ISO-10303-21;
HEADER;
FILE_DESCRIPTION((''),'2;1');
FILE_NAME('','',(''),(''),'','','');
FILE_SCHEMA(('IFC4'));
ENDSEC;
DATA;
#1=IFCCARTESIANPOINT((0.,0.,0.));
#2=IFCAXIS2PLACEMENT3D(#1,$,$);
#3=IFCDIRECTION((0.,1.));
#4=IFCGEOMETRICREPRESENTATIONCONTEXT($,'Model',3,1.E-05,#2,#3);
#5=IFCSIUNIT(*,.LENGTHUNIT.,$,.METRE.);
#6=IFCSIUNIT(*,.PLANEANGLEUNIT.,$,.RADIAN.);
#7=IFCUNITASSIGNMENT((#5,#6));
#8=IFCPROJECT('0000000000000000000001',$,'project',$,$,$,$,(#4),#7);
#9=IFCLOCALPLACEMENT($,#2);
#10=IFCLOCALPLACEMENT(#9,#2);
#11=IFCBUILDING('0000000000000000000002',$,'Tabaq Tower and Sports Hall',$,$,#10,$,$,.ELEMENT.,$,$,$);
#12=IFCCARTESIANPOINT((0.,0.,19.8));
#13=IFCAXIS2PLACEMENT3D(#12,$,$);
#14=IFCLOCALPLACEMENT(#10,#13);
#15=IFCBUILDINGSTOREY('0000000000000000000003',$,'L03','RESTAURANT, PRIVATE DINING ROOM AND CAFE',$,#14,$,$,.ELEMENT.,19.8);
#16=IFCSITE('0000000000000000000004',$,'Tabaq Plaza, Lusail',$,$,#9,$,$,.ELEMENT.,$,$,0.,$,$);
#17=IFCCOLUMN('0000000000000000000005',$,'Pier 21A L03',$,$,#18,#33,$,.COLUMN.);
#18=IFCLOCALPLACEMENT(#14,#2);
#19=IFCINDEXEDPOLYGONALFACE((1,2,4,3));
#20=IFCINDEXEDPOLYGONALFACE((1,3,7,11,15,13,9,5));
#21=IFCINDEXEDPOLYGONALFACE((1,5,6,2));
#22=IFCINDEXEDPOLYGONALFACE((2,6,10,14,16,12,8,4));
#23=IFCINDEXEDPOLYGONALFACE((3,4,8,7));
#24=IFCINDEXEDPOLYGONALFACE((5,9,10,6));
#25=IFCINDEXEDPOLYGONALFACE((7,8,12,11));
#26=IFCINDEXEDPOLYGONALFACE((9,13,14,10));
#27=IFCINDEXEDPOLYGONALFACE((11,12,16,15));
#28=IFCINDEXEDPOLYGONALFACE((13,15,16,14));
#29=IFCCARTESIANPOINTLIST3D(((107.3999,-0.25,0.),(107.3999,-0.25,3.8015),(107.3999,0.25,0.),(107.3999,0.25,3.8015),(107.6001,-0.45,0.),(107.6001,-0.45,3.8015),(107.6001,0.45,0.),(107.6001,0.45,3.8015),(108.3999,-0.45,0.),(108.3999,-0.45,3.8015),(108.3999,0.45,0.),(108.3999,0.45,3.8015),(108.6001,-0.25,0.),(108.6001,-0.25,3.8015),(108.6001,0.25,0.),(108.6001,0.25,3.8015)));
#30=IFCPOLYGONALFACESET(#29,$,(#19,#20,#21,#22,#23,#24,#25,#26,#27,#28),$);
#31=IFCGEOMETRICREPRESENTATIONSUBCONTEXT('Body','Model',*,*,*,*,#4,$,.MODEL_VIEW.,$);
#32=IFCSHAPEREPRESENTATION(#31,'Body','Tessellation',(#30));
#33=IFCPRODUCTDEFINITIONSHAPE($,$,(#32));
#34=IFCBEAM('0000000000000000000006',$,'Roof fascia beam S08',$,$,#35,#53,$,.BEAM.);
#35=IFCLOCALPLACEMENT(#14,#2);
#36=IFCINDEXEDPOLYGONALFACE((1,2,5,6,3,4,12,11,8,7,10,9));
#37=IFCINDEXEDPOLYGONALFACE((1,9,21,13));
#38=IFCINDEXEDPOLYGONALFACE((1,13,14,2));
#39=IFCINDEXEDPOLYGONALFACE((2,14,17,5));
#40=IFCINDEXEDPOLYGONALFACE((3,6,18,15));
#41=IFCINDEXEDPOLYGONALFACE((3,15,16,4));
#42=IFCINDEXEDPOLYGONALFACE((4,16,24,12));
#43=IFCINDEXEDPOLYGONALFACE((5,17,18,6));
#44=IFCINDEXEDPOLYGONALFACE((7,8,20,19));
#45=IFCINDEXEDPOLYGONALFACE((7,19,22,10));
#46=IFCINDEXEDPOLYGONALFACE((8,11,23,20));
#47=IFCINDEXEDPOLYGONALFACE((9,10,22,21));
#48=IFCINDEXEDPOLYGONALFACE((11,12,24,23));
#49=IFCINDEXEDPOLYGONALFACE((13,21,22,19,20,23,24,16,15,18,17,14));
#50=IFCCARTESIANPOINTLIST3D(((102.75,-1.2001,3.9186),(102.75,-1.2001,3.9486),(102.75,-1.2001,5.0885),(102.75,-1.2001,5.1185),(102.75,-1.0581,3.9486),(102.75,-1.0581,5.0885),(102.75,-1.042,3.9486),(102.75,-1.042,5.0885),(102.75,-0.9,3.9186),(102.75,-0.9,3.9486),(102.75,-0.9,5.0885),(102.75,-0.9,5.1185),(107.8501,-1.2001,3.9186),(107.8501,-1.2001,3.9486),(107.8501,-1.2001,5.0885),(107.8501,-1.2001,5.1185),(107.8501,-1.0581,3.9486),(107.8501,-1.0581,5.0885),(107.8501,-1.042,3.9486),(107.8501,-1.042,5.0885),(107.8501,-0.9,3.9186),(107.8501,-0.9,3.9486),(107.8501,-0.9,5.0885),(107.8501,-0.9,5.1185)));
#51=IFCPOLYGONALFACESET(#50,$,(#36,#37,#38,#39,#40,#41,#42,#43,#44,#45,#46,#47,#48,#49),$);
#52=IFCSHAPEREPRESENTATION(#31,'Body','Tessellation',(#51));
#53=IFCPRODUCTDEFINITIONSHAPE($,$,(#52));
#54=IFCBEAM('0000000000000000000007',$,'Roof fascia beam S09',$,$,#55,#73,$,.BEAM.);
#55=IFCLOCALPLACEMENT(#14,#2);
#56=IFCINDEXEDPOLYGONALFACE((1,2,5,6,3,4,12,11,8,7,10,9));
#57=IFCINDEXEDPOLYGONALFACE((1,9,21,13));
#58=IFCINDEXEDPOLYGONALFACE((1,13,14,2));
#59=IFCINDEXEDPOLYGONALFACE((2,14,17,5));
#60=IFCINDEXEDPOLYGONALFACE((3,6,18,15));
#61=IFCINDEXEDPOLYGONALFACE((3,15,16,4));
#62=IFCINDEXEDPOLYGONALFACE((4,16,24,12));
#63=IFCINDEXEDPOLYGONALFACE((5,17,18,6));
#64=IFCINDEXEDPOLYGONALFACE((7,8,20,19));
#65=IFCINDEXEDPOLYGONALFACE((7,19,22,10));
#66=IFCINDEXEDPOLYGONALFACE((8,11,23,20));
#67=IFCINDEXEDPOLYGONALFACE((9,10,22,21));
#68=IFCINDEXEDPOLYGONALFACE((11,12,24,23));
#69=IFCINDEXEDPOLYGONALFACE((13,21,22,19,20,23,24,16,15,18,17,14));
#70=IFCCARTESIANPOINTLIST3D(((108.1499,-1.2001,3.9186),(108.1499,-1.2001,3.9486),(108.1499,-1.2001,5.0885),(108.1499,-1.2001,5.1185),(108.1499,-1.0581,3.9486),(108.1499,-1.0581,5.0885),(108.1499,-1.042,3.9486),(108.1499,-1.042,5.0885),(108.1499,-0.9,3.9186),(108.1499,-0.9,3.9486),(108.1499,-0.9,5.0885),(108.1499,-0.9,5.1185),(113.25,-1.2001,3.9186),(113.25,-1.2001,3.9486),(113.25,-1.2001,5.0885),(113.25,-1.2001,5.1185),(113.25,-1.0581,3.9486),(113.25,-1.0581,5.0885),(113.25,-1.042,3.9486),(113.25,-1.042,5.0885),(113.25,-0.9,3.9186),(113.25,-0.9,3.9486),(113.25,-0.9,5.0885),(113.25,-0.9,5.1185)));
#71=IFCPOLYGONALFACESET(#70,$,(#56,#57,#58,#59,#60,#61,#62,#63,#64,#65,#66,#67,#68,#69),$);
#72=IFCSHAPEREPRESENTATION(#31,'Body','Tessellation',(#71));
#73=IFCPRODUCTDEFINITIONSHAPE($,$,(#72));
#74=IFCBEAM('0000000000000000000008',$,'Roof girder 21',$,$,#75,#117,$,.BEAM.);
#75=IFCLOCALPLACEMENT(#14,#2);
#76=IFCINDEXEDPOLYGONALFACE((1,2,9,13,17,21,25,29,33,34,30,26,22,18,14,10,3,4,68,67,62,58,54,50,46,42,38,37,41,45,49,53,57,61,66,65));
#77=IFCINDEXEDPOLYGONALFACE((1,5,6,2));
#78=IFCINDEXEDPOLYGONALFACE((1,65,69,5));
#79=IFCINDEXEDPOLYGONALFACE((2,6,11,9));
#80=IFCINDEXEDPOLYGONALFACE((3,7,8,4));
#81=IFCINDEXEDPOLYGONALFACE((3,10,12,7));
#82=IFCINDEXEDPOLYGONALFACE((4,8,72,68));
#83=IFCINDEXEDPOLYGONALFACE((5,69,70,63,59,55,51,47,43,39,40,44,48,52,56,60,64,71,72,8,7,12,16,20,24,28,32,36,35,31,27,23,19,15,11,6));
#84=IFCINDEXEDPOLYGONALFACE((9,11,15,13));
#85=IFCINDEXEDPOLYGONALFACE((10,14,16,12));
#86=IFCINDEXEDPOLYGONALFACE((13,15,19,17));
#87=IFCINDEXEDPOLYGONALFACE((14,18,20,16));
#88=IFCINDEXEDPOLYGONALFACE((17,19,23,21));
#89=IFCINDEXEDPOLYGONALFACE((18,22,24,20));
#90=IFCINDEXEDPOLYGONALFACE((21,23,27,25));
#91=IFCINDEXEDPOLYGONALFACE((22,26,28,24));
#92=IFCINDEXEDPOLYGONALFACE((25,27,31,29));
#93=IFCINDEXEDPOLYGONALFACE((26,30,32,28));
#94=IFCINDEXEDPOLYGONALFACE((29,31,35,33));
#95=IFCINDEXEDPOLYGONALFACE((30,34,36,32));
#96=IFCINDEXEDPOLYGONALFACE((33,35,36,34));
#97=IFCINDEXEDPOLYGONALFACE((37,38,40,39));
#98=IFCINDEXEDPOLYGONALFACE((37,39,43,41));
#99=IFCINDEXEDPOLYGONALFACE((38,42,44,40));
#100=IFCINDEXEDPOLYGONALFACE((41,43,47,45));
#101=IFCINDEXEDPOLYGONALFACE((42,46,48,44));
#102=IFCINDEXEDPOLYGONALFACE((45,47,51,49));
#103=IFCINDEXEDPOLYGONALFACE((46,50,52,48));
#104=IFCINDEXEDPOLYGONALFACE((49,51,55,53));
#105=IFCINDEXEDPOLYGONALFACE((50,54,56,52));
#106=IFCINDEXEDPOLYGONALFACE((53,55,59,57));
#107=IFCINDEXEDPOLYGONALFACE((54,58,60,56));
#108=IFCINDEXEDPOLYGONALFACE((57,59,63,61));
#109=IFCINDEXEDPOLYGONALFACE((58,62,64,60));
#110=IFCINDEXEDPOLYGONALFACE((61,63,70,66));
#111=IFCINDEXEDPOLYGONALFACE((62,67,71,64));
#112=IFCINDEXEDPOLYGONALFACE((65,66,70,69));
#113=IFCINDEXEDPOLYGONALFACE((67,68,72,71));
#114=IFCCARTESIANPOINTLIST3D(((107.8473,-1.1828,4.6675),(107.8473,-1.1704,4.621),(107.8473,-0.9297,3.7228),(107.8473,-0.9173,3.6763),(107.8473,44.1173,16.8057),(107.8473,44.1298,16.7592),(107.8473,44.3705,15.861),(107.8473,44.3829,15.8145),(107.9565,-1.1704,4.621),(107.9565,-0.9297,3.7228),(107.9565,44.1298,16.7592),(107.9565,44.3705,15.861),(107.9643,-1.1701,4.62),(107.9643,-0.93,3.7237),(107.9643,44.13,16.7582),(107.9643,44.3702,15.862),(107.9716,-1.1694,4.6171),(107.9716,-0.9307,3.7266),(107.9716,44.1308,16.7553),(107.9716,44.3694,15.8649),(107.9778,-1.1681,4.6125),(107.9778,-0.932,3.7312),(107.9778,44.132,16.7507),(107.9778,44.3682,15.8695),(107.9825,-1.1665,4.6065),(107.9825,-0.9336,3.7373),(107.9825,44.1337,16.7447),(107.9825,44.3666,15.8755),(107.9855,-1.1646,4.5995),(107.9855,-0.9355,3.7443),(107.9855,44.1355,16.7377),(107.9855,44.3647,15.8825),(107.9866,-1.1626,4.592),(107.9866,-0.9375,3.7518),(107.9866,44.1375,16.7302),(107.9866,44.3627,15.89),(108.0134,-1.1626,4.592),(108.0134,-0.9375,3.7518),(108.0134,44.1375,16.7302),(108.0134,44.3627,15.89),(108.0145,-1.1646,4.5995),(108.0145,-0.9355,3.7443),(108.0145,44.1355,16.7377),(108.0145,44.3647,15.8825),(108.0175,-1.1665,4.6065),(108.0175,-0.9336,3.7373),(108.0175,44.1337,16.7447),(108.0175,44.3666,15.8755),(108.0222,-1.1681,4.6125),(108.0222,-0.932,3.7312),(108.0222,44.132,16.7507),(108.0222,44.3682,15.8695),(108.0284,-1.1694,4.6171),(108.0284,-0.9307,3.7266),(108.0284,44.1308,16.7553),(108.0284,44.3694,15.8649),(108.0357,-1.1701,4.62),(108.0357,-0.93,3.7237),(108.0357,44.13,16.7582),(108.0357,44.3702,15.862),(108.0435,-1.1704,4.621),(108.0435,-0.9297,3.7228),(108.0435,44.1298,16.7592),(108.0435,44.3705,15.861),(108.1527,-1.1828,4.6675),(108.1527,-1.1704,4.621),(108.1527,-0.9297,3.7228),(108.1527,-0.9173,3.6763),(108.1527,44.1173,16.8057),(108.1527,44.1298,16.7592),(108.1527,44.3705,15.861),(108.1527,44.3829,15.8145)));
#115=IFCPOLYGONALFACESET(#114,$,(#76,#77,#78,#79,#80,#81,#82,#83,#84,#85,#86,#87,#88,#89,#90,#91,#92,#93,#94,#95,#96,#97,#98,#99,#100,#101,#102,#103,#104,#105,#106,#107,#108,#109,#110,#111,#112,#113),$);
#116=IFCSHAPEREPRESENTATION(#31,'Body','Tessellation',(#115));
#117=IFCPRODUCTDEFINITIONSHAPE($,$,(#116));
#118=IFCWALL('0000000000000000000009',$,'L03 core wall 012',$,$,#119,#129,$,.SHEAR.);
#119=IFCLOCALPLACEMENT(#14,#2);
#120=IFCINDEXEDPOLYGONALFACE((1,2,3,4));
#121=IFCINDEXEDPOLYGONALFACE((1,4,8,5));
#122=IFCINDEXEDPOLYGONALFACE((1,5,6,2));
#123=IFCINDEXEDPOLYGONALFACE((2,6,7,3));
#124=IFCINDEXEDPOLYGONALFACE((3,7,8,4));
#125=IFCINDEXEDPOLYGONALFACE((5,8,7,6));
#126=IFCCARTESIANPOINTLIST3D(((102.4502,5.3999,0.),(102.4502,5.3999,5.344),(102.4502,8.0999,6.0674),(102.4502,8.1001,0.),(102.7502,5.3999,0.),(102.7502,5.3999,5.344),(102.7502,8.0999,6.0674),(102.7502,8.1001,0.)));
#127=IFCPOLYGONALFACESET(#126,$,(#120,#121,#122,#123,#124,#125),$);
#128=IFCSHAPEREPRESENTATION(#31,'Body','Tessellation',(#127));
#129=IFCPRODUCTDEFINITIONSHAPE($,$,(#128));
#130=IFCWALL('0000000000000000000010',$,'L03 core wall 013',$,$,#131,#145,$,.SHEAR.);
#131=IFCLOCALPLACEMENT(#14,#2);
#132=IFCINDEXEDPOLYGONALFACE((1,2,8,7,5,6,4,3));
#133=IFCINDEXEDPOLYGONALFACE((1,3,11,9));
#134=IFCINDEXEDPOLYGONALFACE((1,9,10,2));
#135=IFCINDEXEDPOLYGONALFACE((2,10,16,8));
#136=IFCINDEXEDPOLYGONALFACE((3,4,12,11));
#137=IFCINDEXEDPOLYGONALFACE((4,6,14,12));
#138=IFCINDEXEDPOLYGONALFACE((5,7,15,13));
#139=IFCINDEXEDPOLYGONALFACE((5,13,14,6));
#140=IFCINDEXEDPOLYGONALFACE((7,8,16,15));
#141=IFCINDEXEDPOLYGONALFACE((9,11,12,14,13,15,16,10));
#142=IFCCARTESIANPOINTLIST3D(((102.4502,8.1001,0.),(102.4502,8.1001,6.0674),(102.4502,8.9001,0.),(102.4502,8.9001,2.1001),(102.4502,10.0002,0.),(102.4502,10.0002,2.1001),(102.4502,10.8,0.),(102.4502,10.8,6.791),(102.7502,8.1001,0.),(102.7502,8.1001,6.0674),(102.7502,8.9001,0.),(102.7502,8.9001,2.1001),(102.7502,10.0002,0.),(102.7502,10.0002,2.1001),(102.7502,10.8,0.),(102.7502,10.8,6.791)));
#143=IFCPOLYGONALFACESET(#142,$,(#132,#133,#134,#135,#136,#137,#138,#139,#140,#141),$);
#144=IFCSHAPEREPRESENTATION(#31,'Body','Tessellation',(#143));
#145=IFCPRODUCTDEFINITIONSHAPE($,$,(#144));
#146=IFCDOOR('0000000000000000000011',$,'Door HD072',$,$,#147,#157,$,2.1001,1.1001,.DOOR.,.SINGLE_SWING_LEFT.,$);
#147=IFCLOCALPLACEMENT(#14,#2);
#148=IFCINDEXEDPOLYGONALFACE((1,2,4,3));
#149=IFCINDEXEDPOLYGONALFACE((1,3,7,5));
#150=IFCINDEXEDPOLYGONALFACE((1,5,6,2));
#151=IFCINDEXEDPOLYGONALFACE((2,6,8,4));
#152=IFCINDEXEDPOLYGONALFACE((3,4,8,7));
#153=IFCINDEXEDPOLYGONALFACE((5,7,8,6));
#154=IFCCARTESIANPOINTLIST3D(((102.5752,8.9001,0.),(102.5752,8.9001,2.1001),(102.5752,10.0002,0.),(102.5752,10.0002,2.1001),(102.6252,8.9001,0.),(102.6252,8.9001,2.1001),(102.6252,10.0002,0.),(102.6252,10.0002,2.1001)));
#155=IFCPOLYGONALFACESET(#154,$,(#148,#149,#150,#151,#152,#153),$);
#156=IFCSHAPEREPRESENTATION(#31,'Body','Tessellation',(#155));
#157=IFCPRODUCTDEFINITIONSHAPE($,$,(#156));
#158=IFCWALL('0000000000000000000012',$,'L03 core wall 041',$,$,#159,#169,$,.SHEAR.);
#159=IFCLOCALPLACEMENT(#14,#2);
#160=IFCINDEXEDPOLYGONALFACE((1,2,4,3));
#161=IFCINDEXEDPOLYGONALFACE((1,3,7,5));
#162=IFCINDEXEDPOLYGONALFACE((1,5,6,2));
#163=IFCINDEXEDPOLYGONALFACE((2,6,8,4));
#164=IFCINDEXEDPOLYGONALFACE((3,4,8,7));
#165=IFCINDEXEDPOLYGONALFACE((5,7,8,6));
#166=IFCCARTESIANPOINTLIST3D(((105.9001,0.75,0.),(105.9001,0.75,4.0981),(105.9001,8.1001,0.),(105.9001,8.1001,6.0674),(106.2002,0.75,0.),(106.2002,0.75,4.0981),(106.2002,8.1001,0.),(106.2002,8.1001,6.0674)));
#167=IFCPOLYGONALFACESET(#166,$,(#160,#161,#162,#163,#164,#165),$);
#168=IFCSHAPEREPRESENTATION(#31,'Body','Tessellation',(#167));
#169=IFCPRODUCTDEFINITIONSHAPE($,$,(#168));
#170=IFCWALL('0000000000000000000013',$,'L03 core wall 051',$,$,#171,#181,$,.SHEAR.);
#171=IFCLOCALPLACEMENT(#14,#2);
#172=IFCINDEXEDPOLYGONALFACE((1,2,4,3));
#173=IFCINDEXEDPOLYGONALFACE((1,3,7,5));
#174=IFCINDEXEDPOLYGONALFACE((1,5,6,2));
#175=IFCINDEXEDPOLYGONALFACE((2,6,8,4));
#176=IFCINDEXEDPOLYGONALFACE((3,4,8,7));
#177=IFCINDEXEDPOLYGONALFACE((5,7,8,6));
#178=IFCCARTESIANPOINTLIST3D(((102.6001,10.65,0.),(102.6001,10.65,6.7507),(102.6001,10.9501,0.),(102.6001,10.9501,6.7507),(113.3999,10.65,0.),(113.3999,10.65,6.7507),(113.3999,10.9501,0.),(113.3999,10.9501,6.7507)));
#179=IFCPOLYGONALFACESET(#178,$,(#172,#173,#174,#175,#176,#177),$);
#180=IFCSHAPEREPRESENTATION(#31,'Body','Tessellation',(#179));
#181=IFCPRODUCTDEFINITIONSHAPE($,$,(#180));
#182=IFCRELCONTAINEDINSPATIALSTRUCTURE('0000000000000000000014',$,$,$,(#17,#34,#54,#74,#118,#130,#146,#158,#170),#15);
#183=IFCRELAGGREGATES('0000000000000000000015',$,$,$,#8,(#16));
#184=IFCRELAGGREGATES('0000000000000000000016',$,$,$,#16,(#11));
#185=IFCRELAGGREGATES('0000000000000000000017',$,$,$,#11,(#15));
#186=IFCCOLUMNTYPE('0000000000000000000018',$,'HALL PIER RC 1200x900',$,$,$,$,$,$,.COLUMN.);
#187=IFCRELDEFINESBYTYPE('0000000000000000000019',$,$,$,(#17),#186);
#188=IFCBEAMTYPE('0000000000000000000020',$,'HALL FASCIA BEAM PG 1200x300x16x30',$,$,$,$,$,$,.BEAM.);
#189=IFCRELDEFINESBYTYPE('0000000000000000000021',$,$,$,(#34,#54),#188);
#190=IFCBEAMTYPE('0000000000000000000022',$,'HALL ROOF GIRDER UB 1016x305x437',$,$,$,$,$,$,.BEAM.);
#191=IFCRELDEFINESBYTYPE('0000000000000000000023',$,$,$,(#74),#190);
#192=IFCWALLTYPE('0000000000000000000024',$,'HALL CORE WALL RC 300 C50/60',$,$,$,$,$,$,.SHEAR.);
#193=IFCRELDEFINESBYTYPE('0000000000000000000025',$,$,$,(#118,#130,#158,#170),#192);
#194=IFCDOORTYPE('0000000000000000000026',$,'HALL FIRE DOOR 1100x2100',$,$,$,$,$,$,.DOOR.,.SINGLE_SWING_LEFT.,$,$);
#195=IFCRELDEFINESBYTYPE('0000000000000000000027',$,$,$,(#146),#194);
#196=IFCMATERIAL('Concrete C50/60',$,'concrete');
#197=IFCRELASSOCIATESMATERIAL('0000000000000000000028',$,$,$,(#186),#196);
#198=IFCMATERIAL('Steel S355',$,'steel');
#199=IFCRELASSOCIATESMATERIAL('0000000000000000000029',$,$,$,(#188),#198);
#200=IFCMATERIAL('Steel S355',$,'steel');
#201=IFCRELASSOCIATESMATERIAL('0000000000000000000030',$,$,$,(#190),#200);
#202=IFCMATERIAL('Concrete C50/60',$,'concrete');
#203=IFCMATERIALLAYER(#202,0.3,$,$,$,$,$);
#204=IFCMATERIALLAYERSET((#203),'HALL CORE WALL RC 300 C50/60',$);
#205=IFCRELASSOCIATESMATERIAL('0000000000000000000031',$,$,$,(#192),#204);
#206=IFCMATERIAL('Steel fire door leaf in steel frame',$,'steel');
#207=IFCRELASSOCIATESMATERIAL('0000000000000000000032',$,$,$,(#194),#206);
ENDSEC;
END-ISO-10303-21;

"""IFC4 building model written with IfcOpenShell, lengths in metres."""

from ifc_helpers import new_model, si_unit, direction, frame, frame_2d, origin, origin_2d, place, context, subcontext, project, spatial, polyline, rectangle, i_section, outline, extrude, material, layer, layer_set, material_profile, profile_set, type_object, element, fill, save


model = new_model("IFC4")

# Units and contexts
model_context = context("Model", 3, precision=1e-05, world=origin(), true_north=direction((0.0, 1.0)))
body_context = subcontext(model_context, "Body", "Model", "MODEL_VIEW")
ifc_project = project(units=[si_unit("LENGTHUNIT", "METRE"), si_unit("PLANEANGLEUNIT", "RADIAN")], contexts=[model_context])

# Site, building, storey
site_placement = place(None, origin())
site = spatial("IfcSite", under=ifc_project, at=site_placement, Name="Tabaq Plaza, Lusail", CompositionType="ELEMENT", RefElevation=0.0)
building_placement = place(site_placement, origin())
building = spatial("IfcBuilding", under=site, at=building_placement, Name="Tabaq Tower and Sports Hall", CompositionType="ELEMENT")
storey_placement = place(building_placement, frame((0.0, 0.0, 19.8)))
storey = spatial("IfcBuildingStorey", under=building, at=storey_placement, Name="L03", Description="RESTAURANT, PRIVATE DINING ROOM AND CAFE", CompositionType="ELEMENT", Elevation=19.8)

# Column
ifc_material_1 = material(Name="Concrete C50/60", Category="concrete")
ifc_material_profile_1 = material_profile(ifc_material_1, outline(polyline([(-0.3999, -0.45), (0.3999, -0.45), (0.6001, -0.25), (0.6001, 0.25), (0.3999, 0.45), (-0.3999, 0.45), (-0.6001, 0.25), (-0.6001, -0.25), (-0.3999, -0.45)])), Name="PIER 1200x900")
ifc_profile_set_1 = profile_set([ifc_material_profile_1], Name="Concrete C50/60")
column_type = type_object("IfcColumnType", Name="HALL PIER RC 1200x900", PredefinedType="COLUMN", material=ifc_profile_set_1)
column_placement = place(storey_placement, frame((108.0, 0.0, 0.0), z_axis=(0.0, 0.0, 1.0), x_axis=(1.0, 0.0, 0.0)))
element("IfcColumn", 1, at=column_placement, inside=storey, type_object=column_type, Name="Pier 21A L03", PredefinedType="COLUMN", context=body_context, shape_type="SweptSolid", body=[
    extrude(outline(polyline([(-0.3999, -0.45), (0.3999, -0.45), (0.6001, -0.25), (0.6001, 0.25), (0.3999, 0.45), (-0.3999, 0.45), (-0.6001, 0.25), (-0.6001, -0.25), (-0.3999, -0.45)])), origin(), (0.0, 0.0, 1.0), 3.8015),
])

# Beams
ifc_material_2 = material(Name="Steel S355", Category="steel")
ifc_material_profile_2 = material_profile(ifc_material_2, i_section(OverallWidth=0.3, OverallDepth=1.2, WebThickness=0.0161, FlangeThickness=0.03, at=origin_2d()), Name="PG 1200x300x16x30")
ifc_profile_set_2 = profile_set([ifc_material_profile_2], Name="Steel S355")
beam_type_1 = type_object("IfcBeamType", Name="HALL FASCIA BEAM PG 1200x300x16x30", PredefinedType="BEAM", material=ifc_profile_set_2)
for number, where, z_axis, x_axis, name in (
    (2, (102.75, -1.05, 4.5186), (1.0, 0.0, 0.0), (0.0, 1.0, 0.0), "Roof fascia beam S08"),
    (3, (108.1499, -1.05, 4.5186), (1.0, 0.0, 0.0), (0.0, 1.0, 0.0), "Roof fascia beam S09"),
):
    element("IfcBeam", number, at=place(storey_placement, frame(where, z_axis=z_axis, x_axis=x_axis)), inside=storey, type_object=beam_type_1, Name=name, PredefinedType="BEAM", context=body_context, shape_type="SweptSolid", body=[
        extrude(i_section(OverallWidth=0.3, OverallDepth=1.2, WebThickness=0.0161, FlangeThickness=0.03, at=origin_2d()), origin(), (0.0, 0.0, 1.0), 5.1001),
    ])
ifc_material_3 = material(Name="Steel S355", Category="steel")
ifc_material_profile_3 = material_profile(ifc_material_3, i_section(OverallWidth=0.3054, OverallDepth=1.0261, WebThickness=0.0269, FlangeThickness=0.0481, FilletRadius=0.03, at=origin_2d()), Name="UB 1016x305x437")
ifc_profile_set_3 = profile_set([ifc_material_profile_3], Name="Steel S355")
beam_type_2 = type_object("IfcBeamType", Name="HALL ROOF GIRDER UB 1016x305x437", PredefinedType="BEAM", material=ifc_profile_set_3)
beam_placement = place(storey_placement, frame((108.0, -1.05, 4.1719), z_axis=(0.0, 0.965925, 0.25882), x_axis=(-1.0, 0.0, 0.0)))
element("IfcBeam", 4, at=beam_placement, inside=storey, type_object=beam_type_2, Name="Roof girder 21", PredefinedType="BEAM", context=body_context, shape_type="SweptSolid", body=[
    extrude(i_section(OverallWidth=0.3054, OverallDepth=1.0261, WebThickness=0.0269, FlangeThickness=0.0481, FilletRadius=0.03, at=origin_2d()), origin(), (0.0, 0.0, 1.0), 46.8982),
])

# Wall
ifc_material_4 = material(Name="Concrete C50/60", Category="concrete")
ifc_layer_1 = layer(ifc_material_4, 0.3)
ifc_layer_set_1 = layer_set([ifc_layer_1], Name="HALL CORE WALL RC 300 C50/60")
wall_type_1 = type_object("IfcWallType", Name="HALL CORE WALL RC 300 C50/60", PredefinedType="SHEAR", material=ifc_layer_set_1)
wall_1_placement = place(storey_placement, frame((102.6001, 5.3999, 0.0), z_axis=(0.0, 0.0, 1.0), x_axis=(0.0, 1.0, 0.0)))
element("IfcWall", 5, at=wall_1_placement, inside=storey, type_object=wall_type_1, Name="L03 core wall 012", PredefinedType="SHEAR", context=body_context, shape_type="SweptSolid", body=[
    extrude(outline(polyline([(0.0, 0.0), (2.7002, 0.0), (2.7, 6.0674), (0.0, 5.344), (0.0, 0.0)])), frame((0.0, 0.1499, 0.0), z_axis=(0.0, -1.0, 0.0), x_axis=(1.0, 0.0, 0.0)), (0.0, 0.0, 1.0), 0.3),
])

# Wall, opening, door
wall_2_placement = place(storey_placement, frame((102.6001, 8.1001, 0.0), z_axis=(0.0, 0.0, 1.0), x_axis=(0.0, 1.0, 0.0)))
wall_2 = element("IfcWall", 6, at=wall_2_placement, inside=storey, type_object=wall_type_1, Name="L03 core wall 013", PredefinedType="SHEAR", context=body_context, shape_type="SweptSolid", body=[
    extrude(outline(polyline([(0.0, 0.0), (2.7, 0.0), (2.7, 6.791), (0.0, 6.0674), (0.0, 0.0)])), frame((0.0, 0.1499, 0.0), z_axis=(0.0, -1.0, 0.0), x_axis=(1.0, 0.0, 0.0)), (0.0, 0.0, 1.0), 0.3),
])
opening_1_placement = place(wall_2_placement, frame((0.8, 0.0, 0.0)))
opening_1 = element("IfcOpeningElement", 7, at=opening_1_placement, cuts=wall_2, PredefinedType="OPENING", context=body_context, shape_type="SweptSolid", body=[
    extrude(rectangle(XDim=1.1001, YDim=2.1001, at=frame_2d((0.55, 1.05))), frame((0.0, 0.1499, 0.0), z_axis=(0.0, -1.0, 0.0), x_axis=(1.0, 0.0, 0.0)), (0.0, 0.0, 1.0), 0.3),
])
ifc_material_5 = material(Name="Steel fire door leaf in steel frame", Category="steel")
door_type = type_object("IfcDoorType", Name="HALL FIRE DOOR 1100x2100", OperationType="SINGLE_SWING_LEFT", PredefinedType="DOOR", material=ifc_material_5)
door_1_placement = place(opening_1_placement, origin())
door_1 = element("IfcDoor", 8, at=door_1_placement, inside=storey, type_object=door_type, Name="Door HD072", OperationType="SINGLE_SWING_LEFT", OverallHeight=2.1001, OverallWidth=1.1001, PredefinedType="DOOR", context=body_context, shape_type="SweptSolid", body=[
    extrude(rectangle(XDim=1.1001, YDim=2.1001, at=frame_2d((0.55, 1.05))), frame((0.0, 0.0249, 0.0), z_axis=(0.0, -1.0, 0.0), x_axis=(1.0, 0.0, 0.0)), (0.0, 0.0, 1.0), 0.05),
])
fill(opening_1, door_1)

# Wall
wall_3_placement = place(storey_placement, frame((106.05, 0.75, 0.0), z_axis=(0.0, 0.0, 1.0), x_axis=(0.0, 1.0, 0.0)))
element("IfcWall", 9, at=wall_3_placement, inside=storey, type_object=wall_type_1, Name="L03 core wall 041", PredefinedType="SHEAR", context=body_context, shape_type="SweptSolid", body=[
    extrude(outline(polyline([(0.0, 0.0), (7.3501, 0.0), (7.3501, 6.0674), (0.0, 4.0981), (0.0, 0.0)])), frame((0.0, 0.1499, 0.0), z_axis=(0.0, -1.0, 0.0), x_axis=(1.0, 0.0, 0.0)), (0.0, 0.0, 1.0), 0.3),
])

# Wall
wall_4_placement = place(storey_placement, frame((102.6001, 10.8, 0.0), z_axis=(0.0, 0.0, 1.0), x_axis=(1.0, 0.0, 0.0)))
element("IfcWall", 10, at=wall_4_placement, inside=storey, type_object=wall_type_1, Name="L03 core wall 051", PredefinedType="SHEAR", context=body_context, shape_type="SweptSolid", body=[
    extrude(rectangle(XDim=10.7998, YDim=0.3, at=frame_2d((5.3999, 0.0))), origin(), (0.0, 0.0, 1.0), 6.7507),
])

save(model, "model.ifc")
